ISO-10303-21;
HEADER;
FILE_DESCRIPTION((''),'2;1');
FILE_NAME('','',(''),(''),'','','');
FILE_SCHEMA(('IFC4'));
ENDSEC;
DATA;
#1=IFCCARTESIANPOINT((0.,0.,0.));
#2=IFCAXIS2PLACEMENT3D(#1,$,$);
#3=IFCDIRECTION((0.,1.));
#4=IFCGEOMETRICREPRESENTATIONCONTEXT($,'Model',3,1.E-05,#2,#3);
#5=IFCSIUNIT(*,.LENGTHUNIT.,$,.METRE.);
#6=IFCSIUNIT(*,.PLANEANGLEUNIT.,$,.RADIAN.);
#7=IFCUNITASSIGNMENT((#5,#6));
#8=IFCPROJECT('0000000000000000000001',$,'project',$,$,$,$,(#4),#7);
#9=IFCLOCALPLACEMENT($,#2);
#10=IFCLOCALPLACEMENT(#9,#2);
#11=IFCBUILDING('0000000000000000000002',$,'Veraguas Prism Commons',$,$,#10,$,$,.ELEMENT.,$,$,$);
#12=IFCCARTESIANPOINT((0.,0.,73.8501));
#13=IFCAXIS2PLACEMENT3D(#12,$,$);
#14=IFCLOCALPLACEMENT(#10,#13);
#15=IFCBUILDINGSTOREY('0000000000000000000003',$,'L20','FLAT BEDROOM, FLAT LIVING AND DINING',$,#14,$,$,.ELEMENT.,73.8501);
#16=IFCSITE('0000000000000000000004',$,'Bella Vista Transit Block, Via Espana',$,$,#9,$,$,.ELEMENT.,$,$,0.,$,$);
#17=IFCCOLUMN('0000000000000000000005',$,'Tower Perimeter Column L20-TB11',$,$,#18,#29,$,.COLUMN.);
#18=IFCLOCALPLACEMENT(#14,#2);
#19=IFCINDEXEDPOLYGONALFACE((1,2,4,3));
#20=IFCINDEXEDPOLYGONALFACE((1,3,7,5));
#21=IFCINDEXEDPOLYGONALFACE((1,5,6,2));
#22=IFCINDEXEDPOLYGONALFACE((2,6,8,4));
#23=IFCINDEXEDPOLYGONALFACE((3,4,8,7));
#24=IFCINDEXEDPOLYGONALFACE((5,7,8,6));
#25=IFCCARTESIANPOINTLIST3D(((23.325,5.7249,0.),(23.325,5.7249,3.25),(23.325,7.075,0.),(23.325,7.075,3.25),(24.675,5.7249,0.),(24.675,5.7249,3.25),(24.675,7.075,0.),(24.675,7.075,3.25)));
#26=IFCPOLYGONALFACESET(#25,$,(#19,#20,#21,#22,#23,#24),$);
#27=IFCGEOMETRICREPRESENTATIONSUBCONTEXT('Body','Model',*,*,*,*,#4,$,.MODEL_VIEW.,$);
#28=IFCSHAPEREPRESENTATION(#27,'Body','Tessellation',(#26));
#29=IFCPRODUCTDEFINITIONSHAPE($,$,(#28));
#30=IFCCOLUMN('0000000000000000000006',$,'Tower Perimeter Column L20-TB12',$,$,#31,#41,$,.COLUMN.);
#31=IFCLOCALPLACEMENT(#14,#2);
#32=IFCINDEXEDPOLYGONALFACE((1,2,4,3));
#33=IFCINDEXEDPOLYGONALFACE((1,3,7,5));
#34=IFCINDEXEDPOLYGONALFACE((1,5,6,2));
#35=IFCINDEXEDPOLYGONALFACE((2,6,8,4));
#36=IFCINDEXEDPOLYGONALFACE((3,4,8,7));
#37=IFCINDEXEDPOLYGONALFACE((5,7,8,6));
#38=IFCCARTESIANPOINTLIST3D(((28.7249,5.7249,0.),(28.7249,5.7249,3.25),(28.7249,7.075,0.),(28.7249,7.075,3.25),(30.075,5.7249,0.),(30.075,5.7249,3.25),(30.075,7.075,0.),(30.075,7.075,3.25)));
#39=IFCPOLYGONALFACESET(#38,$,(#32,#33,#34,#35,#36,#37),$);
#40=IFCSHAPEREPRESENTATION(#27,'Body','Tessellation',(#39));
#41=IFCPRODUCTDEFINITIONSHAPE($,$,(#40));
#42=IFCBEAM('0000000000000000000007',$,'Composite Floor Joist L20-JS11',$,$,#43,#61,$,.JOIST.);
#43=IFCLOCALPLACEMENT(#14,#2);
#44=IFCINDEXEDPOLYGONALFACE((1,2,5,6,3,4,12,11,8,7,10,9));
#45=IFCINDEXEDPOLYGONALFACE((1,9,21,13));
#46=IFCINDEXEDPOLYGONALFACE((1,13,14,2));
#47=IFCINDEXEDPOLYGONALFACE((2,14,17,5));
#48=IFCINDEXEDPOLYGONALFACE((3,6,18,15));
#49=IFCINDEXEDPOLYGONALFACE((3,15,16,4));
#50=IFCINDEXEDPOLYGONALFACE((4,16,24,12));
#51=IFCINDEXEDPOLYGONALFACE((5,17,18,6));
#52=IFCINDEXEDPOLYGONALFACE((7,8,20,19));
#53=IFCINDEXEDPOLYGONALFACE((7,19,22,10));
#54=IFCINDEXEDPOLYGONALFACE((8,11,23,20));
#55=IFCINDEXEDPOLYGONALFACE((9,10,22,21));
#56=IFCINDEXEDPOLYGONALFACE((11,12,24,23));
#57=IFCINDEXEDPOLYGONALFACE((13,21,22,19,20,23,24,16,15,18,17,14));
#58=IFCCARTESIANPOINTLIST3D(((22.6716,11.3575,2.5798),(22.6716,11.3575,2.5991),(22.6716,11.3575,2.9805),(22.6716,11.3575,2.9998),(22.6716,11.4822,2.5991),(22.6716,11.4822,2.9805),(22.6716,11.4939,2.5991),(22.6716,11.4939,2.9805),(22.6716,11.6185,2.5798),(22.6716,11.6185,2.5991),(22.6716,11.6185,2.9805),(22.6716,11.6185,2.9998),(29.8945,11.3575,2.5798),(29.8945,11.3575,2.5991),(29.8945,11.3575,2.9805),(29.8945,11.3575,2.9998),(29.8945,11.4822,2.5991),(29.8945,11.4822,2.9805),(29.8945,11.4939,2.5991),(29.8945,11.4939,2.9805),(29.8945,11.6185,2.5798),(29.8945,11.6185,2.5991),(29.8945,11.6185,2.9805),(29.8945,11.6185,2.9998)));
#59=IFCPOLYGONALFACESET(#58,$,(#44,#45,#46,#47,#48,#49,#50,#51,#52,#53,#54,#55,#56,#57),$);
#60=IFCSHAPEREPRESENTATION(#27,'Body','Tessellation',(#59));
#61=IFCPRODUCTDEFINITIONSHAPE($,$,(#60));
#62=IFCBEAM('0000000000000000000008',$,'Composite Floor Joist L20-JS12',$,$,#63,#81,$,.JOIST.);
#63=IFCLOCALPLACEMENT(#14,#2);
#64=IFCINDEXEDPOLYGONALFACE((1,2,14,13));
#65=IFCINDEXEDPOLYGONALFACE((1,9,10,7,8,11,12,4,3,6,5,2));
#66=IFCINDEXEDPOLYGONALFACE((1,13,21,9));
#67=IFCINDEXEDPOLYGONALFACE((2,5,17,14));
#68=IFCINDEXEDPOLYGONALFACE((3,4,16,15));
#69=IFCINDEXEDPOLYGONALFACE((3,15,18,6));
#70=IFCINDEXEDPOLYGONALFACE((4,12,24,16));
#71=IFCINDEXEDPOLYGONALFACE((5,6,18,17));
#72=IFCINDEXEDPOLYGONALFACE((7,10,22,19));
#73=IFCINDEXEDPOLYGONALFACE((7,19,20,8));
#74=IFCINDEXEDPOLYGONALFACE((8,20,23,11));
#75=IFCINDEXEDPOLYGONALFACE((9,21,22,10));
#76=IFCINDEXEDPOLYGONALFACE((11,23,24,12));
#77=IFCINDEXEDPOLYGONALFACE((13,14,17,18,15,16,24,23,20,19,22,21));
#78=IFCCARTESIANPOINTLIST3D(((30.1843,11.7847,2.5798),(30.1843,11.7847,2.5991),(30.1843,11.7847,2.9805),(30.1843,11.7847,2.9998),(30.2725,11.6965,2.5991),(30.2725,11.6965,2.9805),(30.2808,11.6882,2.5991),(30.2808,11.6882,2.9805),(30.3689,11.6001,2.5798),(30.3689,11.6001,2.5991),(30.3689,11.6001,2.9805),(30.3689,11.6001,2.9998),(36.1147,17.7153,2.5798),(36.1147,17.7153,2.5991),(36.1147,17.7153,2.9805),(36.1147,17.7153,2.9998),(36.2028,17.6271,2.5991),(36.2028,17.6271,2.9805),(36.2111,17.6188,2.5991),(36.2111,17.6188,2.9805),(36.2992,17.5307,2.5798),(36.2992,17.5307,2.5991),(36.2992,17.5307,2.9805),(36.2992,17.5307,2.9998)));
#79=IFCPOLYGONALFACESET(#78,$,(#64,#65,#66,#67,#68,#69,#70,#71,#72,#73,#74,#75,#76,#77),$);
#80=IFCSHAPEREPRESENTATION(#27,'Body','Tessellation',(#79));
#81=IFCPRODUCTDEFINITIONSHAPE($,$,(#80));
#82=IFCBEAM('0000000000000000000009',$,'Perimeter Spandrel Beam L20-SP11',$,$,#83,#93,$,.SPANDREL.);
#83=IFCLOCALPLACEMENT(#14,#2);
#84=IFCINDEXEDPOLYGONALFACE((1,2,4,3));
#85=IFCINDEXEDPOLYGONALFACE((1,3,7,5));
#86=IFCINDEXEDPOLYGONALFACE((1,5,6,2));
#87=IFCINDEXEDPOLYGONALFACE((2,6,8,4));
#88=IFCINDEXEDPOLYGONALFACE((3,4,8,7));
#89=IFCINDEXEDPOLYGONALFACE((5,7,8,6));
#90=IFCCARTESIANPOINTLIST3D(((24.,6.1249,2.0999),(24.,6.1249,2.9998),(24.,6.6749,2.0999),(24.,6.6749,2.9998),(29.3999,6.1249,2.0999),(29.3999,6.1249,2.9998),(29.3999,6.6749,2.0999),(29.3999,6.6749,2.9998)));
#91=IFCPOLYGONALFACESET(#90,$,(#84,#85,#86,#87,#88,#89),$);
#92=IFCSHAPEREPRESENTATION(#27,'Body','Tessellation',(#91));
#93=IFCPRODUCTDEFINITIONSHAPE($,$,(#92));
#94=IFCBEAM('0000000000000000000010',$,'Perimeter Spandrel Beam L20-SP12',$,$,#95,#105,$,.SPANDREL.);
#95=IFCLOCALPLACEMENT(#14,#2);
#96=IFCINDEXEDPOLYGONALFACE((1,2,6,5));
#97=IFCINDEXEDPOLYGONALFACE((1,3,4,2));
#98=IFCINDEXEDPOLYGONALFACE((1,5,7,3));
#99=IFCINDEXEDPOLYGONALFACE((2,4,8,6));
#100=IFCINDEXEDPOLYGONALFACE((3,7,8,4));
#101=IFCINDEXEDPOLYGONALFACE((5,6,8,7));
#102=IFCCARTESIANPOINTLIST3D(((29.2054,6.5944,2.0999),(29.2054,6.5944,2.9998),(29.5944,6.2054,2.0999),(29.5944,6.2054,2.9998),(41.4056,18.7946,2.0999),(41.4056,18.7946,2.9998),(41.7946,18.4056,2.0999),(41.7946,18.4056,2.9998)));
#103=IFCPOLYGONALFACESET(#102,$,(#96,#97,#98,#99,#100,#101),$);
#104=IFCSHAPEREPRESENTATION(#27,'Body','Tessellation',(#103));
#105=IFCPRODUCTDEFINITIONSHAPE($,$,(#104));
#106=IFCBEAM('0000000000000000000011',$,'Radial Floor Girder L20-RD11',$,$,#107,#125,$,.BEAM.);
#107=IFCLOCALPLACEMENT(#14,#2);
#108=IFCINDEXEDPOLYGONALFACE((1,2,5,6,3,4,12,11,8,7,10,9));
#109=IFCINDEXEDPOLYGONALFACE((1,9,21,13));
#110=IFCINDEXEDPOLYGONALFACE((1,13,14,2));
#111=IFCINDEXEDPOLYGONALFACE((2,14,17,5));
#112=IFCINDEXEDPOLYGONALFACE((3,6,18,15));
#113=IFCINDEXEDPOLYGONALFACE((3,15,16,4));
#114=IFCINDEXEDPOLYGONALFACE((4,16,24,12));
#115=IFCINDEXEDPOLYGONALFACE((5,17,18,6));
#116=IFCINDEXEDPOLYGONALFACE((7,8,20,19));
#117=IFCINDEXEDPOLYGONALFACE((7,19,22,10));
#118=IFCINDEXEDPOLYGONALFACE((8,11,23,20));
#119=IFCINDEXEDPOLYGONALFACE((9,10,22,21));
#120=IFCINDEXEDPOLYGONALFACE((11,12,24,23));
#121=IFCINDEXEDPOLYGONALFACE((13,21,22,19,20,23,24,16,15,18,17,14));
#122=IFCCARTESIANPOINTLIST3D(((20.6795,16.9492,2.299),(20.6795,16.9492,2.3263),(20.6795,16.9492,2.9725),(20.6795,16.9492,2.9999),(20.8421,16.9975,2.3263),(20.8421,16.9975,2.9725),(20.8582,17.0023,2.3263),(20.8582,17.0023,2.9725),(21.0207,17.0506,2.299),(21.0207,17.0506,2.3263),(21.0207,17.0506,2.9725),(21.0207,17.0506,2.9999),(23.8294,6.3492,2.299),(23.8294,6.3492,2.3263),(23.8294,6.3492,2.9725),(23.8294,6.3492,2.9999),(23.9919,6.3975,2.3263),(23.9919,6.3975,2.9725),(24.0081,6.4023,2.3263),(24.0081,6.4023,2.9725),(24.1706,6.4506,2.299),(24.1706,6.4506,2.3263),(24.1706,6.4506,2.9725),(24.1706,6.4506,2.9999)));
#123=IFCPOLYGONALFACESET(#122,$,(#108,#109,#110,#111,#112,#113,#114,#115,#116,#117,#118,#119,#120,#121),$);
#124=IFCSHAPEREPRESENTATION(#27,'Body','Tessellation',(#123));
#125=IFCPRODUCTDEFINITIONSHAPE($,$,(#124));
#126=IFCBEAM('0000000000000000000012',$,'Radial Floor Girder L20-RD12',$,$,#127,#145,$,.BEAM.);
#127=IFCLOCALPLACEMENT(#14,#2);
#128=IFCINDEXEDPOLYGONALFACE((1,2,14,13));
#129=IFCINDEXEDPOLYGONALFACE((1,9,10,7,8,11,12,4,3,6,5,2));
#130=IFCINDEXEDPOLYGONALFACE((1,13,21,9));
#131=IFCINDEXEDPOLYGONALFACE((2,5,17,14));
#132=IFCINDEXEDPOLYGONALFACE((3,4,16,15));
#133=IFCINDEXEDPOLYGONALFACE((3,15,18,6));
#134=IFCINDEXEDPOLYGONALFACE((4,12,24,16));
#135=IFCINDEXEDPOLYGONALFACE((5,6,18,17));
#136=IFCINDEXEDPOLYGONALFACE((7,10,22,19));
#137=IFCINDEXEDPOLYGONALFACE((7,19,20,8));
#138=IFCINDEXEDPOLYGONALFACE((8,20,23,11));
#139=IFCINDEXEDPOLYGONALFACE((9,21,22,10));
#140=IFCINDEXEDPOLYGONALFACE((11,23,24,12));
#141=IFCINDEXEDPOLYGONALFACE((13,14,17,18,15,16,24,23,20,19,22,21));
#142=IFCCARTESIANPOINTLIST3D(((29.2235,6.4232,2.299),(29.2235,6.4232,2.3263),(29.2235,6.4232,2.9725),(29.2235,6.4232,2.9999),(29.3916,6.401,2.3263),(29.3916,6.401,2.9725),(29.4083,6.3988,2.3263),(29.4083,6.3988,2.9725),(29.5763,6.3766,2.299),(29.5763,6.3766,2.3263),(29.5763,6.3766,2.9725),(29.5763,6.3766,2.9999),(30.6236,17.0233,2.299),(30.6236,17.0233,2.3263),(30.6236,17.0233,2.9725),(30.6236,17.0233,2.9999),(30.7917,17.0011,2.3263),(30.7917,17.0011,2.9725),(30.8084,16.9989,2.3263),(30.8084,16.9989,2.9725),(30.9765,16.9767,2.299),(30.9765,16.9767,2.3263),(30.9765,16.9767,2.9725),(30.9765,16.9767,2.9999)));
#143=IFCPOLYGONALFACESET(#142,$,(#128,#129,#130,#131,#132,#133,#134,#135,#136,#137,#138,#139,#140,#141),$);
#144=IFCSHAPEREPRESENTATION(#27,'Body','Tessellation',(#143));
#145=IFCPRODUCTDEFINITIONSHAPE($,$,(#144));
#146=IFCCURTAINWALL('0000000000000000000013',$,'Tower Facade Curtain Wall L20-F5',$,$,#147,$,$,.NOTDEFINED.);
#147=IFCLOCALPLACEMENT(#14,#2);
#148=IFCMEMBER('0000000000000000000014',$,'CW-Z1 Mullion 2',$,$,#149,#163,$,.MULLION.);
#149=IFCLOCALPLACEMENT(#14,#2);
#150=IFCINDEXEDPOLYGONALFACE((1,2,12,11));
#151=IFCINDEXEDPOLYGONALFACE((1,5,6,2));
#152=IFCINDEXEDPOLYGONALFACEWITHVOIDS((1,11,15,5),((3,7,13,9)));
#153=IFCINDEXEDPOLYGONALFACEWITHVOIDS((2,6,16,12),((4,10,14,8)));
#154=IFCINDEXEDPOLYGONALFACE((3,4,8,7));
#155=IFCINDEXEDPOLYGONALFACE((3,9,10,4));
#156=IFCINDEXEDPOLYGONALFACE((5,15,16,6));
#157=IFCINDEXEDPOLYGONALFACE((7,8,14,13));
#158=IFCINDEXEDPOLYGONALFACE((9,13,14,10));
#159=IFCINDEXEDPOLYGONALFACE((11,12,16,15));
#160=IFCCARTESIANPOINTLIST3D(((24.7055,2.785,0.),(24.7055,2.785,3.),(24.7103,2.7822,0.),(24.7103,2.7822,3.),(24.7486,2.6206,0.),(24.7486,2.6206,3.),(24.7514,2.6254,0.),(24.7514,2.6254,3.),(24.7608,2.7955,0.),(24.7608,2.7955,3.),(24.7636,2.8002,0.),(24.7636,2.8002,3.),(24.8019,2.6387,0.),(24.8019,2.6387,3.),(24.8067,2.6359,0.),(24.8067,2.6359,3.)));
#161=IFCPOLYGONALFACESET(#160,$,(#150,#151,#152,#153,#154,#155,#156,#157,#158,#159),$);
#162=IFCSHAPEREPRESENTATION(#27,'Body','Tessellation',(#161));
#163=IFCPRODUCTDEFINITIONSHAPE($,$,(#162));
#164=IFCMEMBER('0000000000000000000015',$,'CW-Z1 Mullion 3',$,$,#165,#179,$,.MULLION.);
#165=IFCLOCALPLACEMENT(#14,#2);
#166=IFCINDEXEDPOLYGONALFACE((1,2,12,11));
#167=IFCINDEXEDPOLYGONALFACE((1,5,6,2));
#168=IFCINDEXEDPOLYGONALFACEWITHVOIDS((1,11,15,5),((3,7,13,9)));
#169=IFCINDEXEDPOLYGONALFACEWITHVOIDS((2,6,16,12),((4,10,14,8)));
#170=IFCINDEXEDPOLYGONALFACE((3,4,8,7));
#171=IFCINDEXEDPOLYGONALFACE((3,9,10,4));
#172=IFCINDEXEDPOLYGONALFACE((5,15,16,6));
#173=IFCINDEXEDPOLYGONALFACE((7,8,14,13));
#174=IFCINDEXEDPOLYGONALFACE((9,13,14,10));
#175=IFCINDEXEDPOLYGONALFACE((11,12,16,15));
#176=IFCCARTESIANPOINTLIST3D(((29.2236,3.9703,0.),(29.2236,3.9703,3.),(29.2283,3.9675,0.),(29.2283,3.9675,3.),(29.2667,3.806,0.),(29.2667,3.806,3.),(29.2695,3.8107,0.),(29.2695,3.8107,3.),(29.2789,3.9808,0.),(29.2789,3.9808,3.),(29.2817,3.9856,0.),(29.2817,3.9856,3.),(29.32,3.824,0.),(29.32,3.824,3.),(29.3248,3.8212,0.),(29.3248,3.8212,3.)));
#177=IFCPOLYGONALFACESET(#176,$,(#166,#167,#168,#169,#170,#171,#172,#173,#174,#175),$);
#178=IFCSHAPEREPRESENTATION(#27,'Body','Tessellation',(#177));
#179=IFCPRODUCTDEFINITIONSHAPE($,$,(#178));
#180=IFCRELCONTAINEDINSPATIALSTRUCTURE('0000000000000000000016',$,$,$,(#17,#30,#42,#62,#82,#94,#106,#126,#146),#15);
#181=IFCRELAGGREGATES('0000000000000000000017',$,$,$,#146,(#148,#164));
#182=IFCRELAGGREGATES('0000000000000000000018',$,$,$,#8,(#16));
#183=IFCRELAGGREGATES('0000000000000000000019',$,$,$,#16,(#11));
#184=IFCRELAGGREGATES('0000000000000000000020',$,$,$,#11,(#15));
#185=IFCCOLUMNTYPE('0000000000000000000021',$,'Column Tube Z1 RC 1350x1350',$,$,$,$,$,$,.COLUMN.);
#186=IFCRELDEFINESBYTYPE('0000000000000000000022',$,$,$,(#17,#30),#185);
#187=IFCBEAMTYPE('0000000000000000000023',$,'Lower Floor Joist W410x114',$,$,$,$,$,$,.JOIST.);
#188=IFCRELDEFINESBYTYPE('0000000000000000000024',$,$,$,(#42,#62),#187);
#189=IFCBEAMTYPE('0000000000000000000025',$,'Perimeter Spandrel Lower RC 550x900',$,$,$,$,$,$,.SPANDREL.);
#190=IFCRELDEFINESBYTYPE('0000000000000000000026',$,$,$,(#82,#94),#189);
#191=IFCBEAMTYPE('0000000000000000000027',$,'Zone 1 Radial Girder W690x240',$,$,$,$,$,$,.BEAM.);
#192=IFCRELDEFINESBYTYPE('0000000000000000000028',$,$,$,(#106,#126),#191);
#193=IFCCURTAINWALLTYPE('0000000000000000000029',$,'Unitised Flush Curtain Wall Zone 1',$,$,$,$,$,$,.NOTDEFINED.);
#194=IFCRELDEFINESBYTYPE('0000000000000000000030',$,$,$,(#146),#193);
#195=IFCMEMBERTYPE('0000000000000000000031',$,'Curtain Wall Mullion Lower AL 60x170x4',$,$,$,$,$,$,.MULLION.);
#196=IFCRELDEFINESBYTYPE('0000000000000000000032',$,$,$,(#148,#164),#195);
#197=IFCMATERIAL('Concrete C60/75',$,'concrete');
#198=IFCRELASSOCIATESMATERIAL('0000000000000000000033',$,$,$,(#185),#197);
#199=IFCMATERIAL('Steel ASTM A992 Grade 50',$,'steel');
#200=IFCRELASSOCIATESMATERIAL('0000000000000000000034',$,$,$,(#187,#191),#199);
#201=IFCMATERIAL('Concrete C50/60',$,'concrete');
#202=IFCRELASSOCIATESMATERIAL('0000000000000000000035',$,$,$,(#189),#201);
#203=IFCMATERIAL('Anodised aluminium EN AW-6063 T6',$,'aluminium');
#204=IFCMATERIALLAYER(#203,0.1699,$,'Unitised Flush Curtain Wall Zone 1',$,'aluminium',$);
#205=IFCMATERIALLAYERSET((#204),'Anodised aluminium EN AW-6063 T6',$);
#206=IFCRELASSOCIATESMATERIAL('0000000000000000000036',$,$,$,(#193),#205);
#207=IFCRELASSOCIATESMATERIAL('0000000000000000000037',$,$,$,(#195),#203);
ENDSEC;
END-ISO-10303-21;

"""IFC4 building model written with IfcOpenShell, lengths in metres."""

from ifc_helpers import new_model, si_unit, direction, frame, origin, origin_2d, place, context, subcontext, project, spatial, rectangle, hollow_rectangle, i_section, extrude, source, transform, mapped, material, layer, layer_set, material_profile, profile_set, type_object, element, aggregate, save


model = new_model("IFC4")

# Units and contexts
model_context = context("Model", 3, precision=1e-05, world=origin(), true_north=direction((0.0, 1.0)))
body_context = subcontext(model_context, "Body", "Model", "MODEL_VIEW")
ifc_project = project(units=[si_unit("LENGTHUNIT", "METRE"), si_unit("PLANEANGLEUNIT", "RADIAN")], contexts=[model_context])

# Site, building, storey
site_placement = place(None, origin())
site = spatial("IfcSite", under=ifc_project, at=site_placement, Name="Bella Vista Transit Block, Via Espana", CompositionType="ELEMENT", RefElevation=0.0)
building_placement = place(site_placement, origin())
building = spatial("IfcBuilding", under=site, at=building_placement, Name="Veraguas Prism Commons", CompositionType="ELEMENT")
storey_placement = place(building_placement, frame((0.0, 0.0, 73.8501)))
storey = spatial("IfcBuildingStorey", under=building, at=storey_placement, Name="L20", Description="FLAT BEDROOM, FLAT LIVING AND DINING", CompositionType="ELEMENT", Elevation=73.8501)

# Columns
ifc_material_1 = material(Name="Concrete C60/75", Category="concrete")
ifc_material_profile_1 = material_profile(ifc_material_1, rectangle(XDim=1.3501, YDim=1.3501, at=origin_2d()), Name="RC1350X1350")
ifc_profile_set_1 = profile_set([ifc_material_profile_1], Name="Concrete C60/75")
column_type = type_object("IfcColumnType", Name="Column Tube Z1 RC 1350x1350", PredefinedType="COLUMN", material=ifc_profile_set_1)
for number, where, z_axis, x_axis, name in (
    (1, (24.0, 6.3999, 0.0), (0.0, 0.0, 1.0), (1.0, 0.0, 0.0), "Tower Perimeter Column L20-TB11"),
    (2, (29.3999, 6.3999, 0.0), (0.0, 0.0, 1.0), (1.0, 0.0, 0.0), "Tower Perimeter Column L20-TB12"),
):
    element("IfcColumn", number, at=place(storey_placement, frame(where, z_axis=z_axis, x_axis=x_axis)), inside=storey, type_object=column_type, Name=name, PredefinedType="COLUMN", context=body_context, shape_type="SweptSolid", body=[
        extrude(rectangle(XDim=1.3501, YDim=1.3501, at=origin_2d()), origin(), (0.0, 0.0, 1.0), 3.25),
    ])

# Beams
ifc_material_2 = material(Name="Steel ASTM A992 Grade 50", Category="steel")
ifc_material_profile_2 = material_profile(ifc_material_2, i_section(OverallWidth=0.261, OverallDepth=0.4199, WebThickness=0.0117, FlangeThickness=0.0193, at=origin_2d()), Name="W410X114")
ifc_profile_set_2 = profile_set([ifc_material_profile_2], Name="Steel ASTM A992 Grade 50")
beam_type_1 = type_object("IfcBeamType", Name="Lower Floor Joist W410x114", PredefinedType="JOIST", material=ifc_profile_set_2)
beam_1_placement = place(storey_placement, frame((22.6716, 11.488, 2.7898), z_axis=(1.0, 0.0, 0.0), x_axis=(0.0, 1.0, 0.0)))
element("IfcBeam", 3, at=beam_1_placement, inside=storey, type_object=beam_type_1, Name="Composite Floor Joist L20-JS11", PredefinedType="JOIST", context=body_context, shape_type="SweptSolid", body=[
    extrude(i_section(OverallWidth=0.261, OverallDepth=0.4199, WebThickness=0.0117, FlangeThickness=0.0193, at=origin_2d()), origin(), (0.0, 0.0, 1.0), 7.2229),
])
beam_2_placement = place(storey_placement, frame((30.2766, 11.6924, 2.7898), z_axis=(0.707092, 0.707121, 0.0), x_axis=(-0.707121, 0.707092, 0.0)))
element("IfcBeam", 4, at=beam_2_placement, inside=storey, type_object=beam_type_1, Name="Composite Floor Joist L20-JS12", PredefinedType="JOIST", context=body_context, shape_type="SweptSolid", body=[
    extrude(i_section(OverallWidth=0.261, OverallDepth=0.4199, WebThickness=0.0117, FlangeThickness=0.0193, at=origin_2d()), origin(), (0.0, 0.0, 1.0), 8.387),
])
ifc_material_3 = material(Name="Concrete C50/60", Category="concrete")
ifc_material_profile_3 = material_profile(ifc_material_3, rectangle(XDim=0.55, YDim=0.8999, at=origin_2d()), Name="RC550X900")
ifc_profile_set_3 = profile_set([ifc_material_profile_3], Name="Concrete C50/60")
beam_type_2 = type_object("IfcBeamType", Name="Perimeter Spandrel Lower RC 550x900", PredefinedType="SPANDREL", material=ifc_profile_set_3)
beam_3_placement = place(storey_placement, frame((24.0, 6.3999, 2.5498), z_axis=(1.0, 0.0, 0.0), x_axis=(0.0, 1.0, 0.0)))
element("IfcBeam", 5, at=beam_3_placement, inside=storey, type_object=beam_type_2, Name="Perimeter Spandrel Beam L20-SP11", PredefinedType="SPANDREL", context=body_context, shape_type="SweptSolid", body=[
    extrude(rectangle(XDim=0.55, YDim=0.8999, at=origin_2d()), origin(), (0.0, 0.0, 1.0), 5.3999),
])
beam_4_placement = place(storey_placement, frame((29.3999, 6.3999, 2.5498), z_axis=(0.707107, 0.707107, 0.0), x_axis=(-0.707107, 0.707107, 0.0)))
element("IfcBeam", 6, at=beam_4_placement, inside=storey, type_object=beam_type_2, Name="Perimeter Spandrel Beam L20-SP12", PredefinedType="SPANDREL", context=body_context, shape_type="SweptSolid", body=[
    extrude(rectangle(XDim=0.55, YDim=0.8999, at=origin_2d()), origin(), (0.0, 0.0, 1.0), 17.2537),
])
ifc_material_profile_4 = material_profile(ifc_material_2, i_section(OverallWidth=0.356, OverallDepth=0.7009, WebThickness=0.0168, FlangeThickness=0.0273, at=origin_2d()), Name="W690X240")
ifc_profile_set_4 = profile_set([ifc_material_profile_4], Name="Steel ASTM A992 Grade 50")
beam_type_3 = type_object("IfcBeamType", Name="Zone 1 Radial Girder W690x240", PredefinedType="BEAM", material=ifc_profile_set_4)
beam_5_placement = place(storey_placement, frame((24.0, 6.3999, 2.6494), z_axis=(-0.284847, 0.958573, 0.0), x_axis=(-0.958573, -0.284847, 0.0)))
element("IfcBeam", 7, at=beam_5_placement, inside=storey, type_object=beam_type_3, Name="Radial Floor Girder L20-RD11", PredefinedType="BEAM", context=body_context, shape_type="SweptSolid", body=[
    extrude(i_section(OverallWidth=0.356, OverallDepth=0.7009, WebThickness=0.0168, FlangeThickness=0.0273, at=origin_2d()), origin(), (0.0, 0.0, 1.0), 11.0581),
])
beam_6_placement = place(storey_placement, frame((29.3999, 6.3999, 2.6494), z_axis=(0.130951, 0.991389, 0.0), x_axis=(-0.991389, 0.130951, 0.0)))
element("IfcBeam", 8, at=beam_6_placement, inside=storey, type_object=beam_type_3, Name="Radial Floor Girder L20-RD12", PredefinedType="BEAM", context=body_context, shape_type="SweptSolid", body=[
    extrude(i_section(OverallWidth=0.356, OverallDepth=0.7009, WebThickness=0.0168, FlangeThickness=0.0273, at=origin_2d()), origin(), (0.0, 0.0, 1.0), 10.6921),
])

# Curtain wall, members
ifc_material_4 = material(Name="Anodised aluminium EN AW-6063 T6", Category="aluminium")
ifc_layer_1 = layer(ifc_material_4, 0.1699, Name="Unitised Flush Curtain Wall Zone 1", Category="aluminium")
ifc_layer_set_1 = layer_set([ifc_layer_1], Name="Anodised aluminium EN AW-6063 T6")
curtain_wall_type = type_object("IfcCurtainWallType", Name="Unitised Flush Curtain Wall Zone 1", PredefinedType="NOTDEFINED", material=ifc_layer_set_1)
curtain_wall_placement = place(storey_placement, origin())
curtain_wall = element("IfcCurtainWall", 9, at=curtain_wall_placement, inside=storey, type_object=curtain_wall_type, Name="Tower Facade Curtain Wall L20-F5", PredefinedType="NOTDEFINED")
ifc_material_profile_5 = material_profile(ifc_material_4, hollow_rectangle(XDim=0.0601, YDim=0.1699, WallThickness=0.0039, at=origin_2d()), Name="AL60X170X4")
ifc_profile_set_5 = profile_set([ifc_material_profile_5], Name="Anodised aluminium EN AW-6063 T6")
member_type = type_object("IfcMemberType", Name="Curtain Wall Mullion Lower AL 60x170x4", PredefinedType="MULLION", material=ifc_profile_set_5)
shared_shape_1 = source(origin(), body_context, "Body", "SweptSolid", [
    extrude(hollow_rectangle(XDim=0.0601, YDim=0.1699, WallThickness=0.0039, at=origin_2d()), origin(), (0.0, 0.0, 1.0), 3.0),
])
member_1_placement = place(storey_placement, frame((24.7561, 2.7104, 0.0), z_axis=(0.0, 0.0, 1.0), x_axis=(0.967267, 0.25376, 0.0)))
member_1 = element("IfcMember", 10, at=member_1_placement, type_object=member_type, Name="CW-Z1 Mullion 2", PredefinedType="MULLION", context=body_context, shape_type="MappedRepresentation", body=[
    mapped(shared_shape_1, transform((0.0, 0.0, 0.0), scale=1.0)),
])
member_2_placement = place(storey_placement, frame((29.2742, 3.8958, 0.0), z_axis=(0.0, 0.0, 1.0), x_axis=(0.967267, 0.25376, 0.0)))
member_2 = element("IfcMember", 11, at=member_2_placement, type_object=member_type, Name="CW-Z1 Mullion 3", PredefinedType="MULLION", context=body_context, shape_type="MappedRepresentation", body=[
    mapped(shared_shape_1, transform((0.0, 0.0, 0.0), scale=1.0)),
])
aggregate(curtain_wall, [member_1, member_2])

save(model, "model.ifc")
